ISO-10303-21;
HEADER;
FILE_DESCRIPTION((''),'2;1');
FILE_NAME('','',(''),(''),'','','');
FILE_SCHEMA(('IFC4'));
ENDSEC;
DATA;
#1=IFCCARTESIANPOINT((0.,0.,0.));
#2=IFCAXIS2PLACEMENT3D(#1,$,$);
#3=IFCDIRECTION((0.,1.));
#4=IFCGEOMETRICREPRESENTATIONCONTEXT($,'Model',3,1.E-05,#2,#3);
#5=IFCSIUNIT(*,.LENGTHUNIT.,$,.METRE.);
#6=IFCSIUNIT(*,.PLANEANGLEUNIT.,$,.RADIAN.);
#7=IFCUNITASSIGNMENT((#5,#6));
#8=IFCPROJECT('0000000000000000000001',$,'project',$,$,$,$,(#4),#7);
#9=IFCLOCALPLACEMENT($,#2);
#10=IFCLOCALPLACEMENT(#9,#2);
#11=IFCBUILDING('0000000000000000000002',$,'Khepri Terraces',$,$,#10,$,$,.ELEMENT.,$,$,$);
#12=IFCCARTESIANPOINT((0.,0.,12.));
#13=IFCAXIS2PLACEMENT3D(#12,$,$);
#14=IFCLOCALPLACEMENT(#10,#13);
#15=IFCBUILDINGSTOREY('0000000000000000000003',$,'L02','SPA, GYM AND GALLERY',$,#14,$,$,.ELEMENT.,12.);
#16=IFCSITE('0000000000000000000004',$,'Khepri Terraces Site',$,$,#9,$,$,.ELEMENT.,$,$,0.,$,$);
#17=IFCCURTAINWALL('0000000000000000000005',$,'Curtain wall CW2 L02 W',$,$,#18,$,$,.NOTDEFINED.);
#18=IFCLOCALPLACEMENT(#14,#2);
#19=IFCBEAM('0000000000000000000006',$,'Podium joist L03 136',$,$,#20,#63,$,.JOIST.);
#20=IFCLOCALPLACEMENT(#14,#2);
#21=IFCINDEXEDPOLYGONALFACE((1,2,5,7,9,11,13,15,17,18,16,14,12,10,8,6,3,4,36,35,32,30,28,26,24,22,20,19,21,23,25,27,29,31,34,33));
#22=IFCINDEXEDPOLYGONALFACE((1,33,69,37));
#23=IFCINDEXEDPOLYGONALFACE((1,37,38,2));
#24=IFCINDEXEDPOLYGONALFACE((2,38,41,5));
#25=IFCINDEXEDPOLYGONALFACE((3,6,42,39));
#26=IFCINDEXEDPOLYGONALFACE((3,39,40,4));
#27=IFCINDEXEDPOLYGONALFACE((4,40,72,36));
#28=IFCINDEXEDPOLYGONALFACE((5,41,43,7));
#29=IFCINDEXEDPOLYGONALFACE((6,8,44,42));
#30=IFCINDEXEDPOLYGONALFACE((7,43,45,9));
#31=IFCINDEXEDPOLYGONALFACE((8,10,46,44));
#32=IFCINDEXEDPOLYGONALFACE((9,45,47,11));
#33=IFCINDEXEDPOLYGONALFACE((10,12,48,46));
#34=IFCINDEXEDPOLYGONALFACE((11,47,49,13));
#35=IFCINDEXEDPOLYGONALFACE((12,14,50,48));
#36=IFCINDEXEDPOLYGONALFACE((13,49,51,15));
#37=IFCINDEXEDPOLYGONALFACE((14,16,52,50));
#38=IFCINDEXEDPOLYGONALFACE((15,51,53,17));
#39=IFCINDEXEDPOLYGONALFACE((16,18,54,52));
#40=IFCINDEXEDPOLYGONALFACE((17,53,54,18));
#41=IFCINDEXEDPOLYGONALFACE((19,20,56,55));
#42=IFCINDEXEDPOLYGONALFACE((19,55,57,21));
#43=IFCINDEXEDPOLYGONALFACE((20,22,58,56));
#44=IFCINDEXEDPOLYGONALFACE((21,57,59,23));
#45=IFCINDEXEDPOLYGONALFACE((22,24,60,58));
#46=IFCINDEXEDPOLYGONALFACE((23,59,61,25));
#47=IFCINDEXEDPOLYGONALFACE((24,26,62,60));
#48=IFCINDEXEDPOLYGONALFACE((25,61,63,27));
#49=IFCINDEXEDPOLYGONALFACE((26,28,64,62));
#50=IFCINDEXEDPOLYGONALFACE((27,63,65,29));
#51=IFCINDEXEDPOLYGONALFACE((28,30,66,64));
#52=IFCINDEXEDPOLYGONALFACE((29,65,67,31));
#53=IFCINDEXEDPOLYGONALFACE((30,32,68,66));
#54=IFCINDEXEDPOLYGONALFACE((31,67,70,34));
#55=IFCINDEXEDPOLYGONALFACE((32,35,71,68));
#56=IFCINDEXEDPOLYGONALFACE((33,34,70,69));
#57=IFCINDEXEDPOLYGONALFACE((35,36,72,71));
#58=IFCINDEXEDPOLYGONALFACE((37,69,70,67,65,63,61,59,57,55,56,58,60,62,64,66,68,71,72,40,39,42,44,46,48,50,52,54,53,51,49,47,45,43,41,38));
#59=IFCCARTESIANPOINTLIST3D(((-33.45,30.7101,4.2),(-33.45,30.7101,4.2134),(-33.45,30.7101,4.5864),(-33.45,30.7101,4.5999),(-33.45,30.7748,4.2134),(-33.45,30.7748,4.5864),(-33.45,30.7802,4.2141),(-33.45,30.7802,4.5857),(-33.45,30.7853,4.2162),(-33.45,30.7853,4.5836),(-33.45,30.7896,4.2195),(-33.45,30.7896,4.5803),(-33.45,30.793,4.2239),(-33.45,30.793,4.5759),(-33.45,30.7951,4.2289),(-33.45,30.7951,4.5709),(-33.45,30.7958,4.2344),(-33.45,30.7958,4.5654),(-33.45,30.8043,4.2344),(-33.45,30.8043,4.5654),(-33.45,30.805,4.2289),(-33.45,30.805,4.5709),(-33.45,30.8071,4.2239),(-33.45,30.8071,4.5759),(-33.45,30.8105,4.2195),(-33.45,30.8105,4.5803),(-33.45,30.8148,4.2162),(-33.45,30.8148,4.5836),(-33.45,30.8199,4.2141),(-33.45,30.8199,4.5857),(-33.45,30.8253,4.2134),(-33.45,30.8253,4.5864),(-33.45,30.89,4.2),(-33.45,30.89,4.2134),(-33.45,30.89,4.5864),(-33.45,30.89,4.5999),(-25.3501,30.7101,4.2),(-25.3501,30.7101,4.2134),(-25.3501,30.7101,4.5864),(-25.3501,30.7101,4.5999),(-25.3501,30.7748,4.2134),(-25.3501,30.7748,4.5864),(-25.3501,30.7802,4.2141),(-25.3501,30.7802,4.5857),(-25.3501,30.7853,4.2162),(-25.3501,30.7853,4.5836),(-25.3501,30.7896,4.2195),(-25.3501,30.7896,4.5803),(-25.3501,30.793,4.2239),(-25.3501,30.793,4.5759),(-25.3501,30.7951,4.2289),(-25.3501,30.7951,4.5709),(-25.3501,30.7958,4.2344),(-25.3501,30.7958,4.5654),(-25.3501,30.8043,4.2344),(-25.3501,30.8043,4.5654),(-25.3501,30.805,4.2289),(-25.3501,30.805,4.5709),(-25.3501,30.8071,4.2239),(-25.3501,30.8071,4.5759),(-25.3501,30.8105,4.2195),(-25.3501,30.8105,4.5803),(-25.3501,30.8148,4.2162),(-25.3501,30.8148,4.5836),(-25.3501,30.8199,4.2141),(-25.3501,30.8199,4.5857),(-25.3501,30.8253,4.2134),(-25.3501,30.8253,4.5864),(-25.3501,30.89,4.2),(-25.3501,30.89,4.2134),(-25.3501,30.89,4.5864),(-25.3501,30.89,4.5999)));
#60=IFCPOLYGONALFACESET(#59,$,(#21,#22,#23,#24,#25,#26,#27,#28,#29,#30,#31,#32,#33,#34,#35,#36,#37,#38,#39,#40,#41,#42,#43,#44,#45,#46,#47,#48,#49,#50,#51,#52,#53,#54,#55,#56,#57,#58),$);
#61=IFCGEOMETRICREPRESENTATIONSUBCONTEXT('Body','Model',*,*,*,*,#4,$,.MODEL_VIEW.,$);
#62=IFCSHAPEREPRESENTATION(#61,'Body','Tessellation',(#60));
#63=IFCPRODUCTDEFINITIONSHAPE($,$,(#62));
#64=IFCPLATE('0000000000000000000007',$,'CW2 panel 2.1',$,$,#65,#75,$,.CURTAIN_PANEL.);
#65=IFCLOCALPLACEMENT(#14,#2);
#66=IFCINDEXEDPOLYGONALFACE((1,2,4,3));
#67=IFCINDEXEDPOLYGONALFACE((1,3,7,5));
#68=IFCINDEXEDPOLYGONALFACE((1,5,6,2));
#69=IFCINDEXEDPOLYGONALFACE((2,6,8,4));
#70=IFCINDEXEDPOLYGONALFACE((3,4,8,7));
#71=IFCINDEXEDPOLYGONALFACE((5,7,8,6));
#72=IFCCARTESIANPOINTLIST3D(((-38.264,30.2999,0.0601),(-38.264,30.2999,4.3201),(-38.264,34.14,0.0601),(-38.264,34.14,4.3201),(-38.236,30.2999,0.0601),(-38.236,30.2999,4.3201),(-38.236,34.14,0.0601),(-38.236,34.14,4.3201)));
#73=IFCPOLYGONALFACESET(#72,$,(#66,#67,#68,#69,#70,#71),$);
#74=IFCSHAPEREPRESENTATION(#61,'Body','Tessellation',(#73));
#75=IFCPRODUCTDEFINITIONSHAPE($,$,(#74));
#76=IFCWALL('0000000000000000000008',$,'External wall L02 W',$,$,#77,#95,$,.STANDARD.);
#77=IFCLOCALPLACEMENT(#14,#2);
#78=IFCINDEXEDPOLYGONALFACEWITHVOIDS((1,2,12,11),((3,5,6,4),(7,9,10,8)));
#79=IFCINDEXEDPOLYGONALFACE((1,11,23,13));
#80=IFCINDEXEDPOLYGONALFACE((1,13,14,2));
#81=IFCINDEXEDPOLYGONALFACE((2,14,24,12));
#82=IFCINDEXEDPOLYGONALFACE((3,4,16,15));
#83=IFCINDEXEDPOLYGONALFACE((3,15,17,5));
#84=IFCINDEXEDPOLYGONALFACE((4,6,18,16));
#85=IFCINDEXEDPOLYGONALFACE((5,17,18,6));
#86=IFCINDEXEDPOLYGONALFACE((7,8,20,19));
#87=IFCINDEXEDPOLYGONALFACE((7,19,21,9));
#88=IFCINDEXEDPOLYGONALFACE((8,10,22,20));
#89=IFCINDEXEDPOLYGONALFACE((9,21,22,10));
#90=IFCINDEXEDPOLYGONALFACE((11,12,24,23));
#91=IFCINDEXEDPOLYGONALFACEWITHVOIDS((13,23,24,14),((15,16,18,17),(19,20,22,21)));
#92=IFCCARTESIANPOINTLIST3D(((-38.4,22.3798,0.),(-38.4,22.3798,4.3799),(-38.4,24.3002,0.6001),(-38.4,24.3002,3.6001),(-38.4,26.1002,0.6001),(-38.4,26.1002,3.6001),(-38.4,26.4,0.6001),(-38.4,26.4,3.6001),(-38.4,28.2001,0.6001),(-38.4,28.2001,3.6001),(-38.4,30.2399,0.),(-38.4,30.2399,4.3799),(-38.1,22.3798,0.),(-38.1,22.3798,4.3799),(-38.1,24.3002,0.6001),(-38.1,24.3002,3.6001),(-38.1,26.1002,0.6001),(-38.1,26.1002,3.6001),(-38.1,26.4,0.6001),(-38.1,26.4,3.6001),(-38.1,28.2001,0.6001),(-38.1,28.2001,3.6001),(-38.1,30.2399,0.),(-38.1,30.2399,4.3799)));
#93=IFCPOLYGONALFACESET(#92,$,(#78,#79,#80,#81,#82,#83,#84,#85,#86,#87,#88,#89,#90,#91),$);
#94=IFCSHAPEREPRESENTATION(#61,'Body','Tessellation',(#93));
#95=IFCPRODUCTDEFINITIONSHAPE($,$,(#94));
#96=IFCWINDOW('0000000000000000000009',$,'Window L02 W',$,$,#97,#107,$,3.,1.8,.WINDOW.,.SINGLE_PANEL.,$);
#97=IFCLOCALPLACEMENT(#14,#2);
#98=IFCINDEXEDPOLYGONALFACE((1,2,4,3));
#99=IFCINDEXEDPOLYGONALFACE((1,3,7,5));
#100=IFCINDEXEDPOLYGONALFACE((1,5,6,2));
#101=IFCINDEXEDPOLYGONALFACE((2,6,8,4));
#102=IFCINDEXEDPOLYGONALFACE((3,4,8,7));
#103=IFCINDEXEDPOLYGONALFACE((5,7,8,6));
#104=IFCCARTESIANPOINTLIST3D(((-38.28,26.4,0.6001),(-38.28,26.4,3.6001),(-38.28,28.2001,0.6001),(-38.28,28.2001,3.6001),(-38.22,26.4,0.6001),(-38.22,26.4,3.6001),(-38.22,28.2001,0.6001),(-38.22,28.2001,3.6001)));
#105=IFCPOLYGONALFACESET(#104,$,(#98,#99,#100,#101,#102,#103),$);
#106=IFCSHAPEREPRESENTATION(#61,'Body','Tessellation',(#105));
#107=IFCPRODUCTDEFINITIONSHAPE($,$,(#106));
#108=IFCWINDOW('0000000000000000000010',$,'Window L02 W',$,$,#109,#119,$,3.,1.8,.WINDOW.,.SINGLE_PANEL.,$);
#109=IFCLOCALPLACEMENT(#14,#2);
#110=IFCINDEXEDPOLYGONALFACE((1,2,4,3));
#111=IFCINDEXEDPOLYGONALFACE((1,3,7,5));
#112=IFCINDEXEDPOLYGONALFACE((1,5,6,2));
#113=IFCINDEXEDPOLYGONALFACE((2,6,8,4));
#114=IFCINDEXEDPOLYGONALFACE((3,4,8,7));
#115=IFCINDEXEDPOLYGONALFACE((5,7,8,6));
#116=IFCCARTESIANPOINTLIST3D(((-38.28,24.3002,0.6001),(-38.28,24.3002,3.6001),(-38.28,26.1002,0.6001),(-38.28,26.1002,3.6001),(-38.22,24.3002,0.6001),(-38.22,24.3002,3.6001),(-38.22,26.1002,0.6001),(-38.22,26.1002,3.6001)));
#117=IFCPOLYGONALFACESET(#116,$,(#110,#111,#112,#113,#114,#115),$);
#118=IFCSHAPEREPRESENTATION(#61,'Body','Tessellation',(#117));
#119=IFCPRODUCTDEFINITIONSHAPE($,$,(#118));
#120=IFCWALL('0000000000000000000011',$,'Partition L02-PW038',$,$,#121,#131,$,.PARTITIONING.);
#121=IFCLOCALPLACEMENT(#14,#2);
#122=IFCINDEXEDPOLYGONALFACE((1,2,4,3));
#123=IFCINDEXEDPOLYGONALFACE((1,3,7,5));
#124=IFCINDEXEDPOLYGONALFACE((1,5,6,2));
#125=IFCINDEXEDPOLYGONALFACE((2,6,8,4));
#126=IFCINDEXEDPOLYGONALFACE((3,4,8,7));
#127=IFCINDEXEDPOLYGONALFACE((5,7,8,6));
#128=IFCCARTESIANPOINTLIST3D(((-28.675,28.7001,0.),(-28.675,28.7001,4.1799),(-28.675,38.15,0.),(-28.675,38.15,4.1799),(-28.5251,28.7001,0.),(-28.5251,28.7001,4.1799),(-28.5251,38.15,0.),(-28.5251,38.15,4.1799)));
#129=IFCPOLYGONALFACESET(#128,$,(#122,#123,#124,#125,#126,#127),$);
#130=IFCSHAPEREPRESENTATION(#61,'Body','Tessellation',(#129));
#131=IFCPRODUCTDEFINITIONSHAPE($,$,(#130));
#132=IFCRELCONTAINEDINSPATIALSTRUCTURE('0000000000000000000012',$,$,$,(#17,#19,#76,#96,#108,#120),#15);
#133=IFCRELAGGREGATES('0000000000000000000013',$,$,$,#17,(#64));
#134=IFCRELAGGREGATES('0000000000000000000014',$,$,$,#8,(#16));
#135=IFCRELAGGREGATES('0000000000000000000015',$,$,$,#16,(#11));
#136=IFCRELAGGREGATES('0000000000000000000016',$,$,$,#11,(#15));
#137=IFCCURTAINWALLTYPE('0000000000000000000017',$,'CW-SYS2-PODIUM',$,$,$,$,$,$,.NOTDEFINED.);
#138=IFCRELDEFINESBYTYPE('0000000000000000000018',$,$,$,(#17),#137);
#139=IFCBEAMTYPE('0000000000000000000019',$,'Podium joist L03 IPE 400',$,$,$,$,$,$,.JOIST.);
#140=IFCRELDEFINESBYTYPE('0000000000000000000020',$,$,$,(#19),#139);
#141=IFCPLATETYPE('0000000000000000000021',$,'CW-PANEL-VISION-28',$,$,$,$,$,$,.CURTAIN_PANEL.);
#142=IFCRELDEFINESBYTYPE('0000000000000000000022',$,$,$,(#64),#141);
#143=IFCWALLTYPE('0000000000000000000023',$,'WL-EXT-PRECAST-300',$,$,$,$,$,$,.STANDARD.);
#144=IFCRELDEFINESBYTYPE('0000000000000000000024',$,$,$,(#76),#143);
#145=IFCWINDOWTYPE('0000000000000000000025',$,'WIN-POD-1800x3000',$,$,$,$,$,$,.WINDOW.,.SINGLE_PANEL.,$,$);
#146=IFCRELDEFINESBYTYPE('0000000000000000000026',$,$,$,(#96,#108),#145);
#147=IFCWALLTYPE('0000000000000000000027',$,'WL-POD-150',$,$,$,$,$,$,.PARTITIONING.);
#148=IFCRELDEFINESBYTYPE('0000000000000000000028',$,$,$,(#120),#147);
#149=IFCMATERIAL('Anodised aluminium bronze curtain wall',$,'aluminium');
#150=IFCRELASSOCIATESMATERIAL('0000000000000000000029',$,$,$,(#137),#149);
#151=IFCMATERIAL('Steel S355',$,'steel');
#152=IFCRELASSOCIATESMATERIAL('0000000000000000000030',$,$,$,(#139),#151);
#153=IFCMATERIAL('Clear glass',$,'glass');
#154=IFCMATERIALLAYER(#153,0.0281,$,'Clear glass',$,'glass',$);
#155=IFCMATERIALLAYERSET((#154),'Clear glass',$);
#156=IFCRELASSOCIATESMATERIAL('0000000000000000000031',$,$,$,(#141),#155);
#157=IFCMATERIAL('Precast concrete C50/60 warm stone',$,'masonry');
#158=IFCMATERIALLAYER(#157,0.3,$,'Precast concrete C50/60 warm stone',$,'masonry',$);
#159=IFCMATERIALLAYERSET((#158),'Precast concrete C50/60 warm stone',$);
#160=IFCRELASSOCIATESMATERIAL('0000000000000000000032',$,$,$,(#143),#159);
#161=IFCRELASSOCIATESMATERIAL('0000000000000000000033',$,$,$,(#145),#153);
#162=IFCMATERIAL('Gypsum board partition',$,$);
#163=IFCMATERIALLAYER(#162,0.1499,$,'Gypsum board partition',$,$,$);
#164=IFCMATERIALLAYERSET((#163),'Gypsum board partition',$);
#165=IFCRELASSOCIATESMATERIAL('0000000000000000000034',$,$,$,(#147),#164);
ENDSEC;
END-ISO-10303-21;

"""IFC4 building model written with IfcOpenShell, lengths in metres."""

from ifc_helpers import new_model, si_unit, direction, frame, frame_2d, origin, origin_2d, place, context, subcontext, project, spatial, rectangle, i_section, extrude, material, layer, layer_set, material_profile, profile_set, type_object, element, fill, aggregate, save


model = new_model("IFC4")

# Units and contexts
model_context = context("Model", 3, precision=1e-05, world=origin(), true_north=direction((0.0, 1.0)))
body_context = subcontext(model_context, "Body", "Model", "MODEL_VIEW")
ifc_project = project(units=[si_unit("LENGTHUNIT", "METRE"), si_unit("PLANEANGLEUNIT", "RADIAN")], contexts=[model_context])

# Site, building, storey
site_placement = place(None, origin())
site = spatial("IfcSite", under=ifc_project, at=site_placement, Name="Khepri Terraces Site", CompositionType="ELEMENT", RefElevation=0.0)
building_placement = place(site_placement, origin())
building = spatial("IfcBuilding", under=site, at=building_placement, Name="Khepri Terraces", CompositionType="ELEMENT")
storey_placement = place(building_placement, frame((0.0, 0.0, 12.0)))
storey = spatial("IfcBuildingStorey", under=building, at=storey_placement, Name="L02", Description="SPA, GYM AND GALLERY", CompositionType="ELEMENT", Elevation=12.0)

# Curtain wall
ifc_material_1 = material(Name="Anodised aluminium bronze curtain wall", Category="aluminium")
curtain_wall_type = type_object("IfcCurtainWallType", Name="CW-SYS2-PODIUM", PredefinedType="NOTDEFINED", material=ifc_material_1)
curtain_wall_placement = place(storey_placement, origin())
curtain_wall = element("IfcCurtainWall", 1, at=curtain_wall_placement, inside=storey, type_object=curtain_wall_type, Name="Curtain wall CW2 L02 W", PredefinedType="NOTDEFINED")

# Beam
ifc_material_2 = material(Name="Steel S355", Category="steel")
ifc_material_profile_1 = material_profile(ifc_material_2, i_section(OverallWidth=0.1799, OverallDepth=0.3999, WebThickness=0.0085, FlangeThickness=0.0134, FilletRadius=0.021, at=origin_2d()), Name="Steel S355", Category="steel")
ifc_profile_set_1 = profile_set([ifc_material_profile_1], Name="Steel S355")
beam_type_1 = type_object("IfcBeamType", Name="Podium joist L03 IPE 400", PredefinedType="JOIST", material=ifc_profile_set_1)
for number, where, z_axis, x_axis, name in (
    (2, (-33.45, 30.8, 4.3999), (1.0, 0.0, 0.0), (0.0, 1.0, 0.0), "Podium joist L03 136"),
):
    element("IfcBeam", number, at=place(storey_placement, frame(where, z_axis=z_axis, x_axis=x_axis)), inside=storey, type_object=beam_type_1, Name=name, PredefinedType="JOIST", context=body_context, shape_type="SweptSolid", body=[
        extrude(i_section(OverallWidth=0.1799, OverallDepth=0.3999, WebThickness=0.0085, FlangeThickness=0.0134, FilletRadius=0.021, at=origin_2d()), origin(), (0.0, 0.0, 1.0), 8.0999),
    ])

# Plate
ifc_material_3 = material(Name="Clear glass", Category="glass")
ifc_layer_1 = layer(ifc_material_3, 0.0281, Name="Clear glass", Category="glass")
ifc_layer_set_1 = layer_set([ifc_layer_1], Name="Clear glass")
plate_type = type_object("IfcPlateType", Name="CW-PANEL-VISION-28", PredefinedType="CURTAIN_PANEL", material=ifc_layer_set_1)
plate_placement = place(storey_placement, frame((-38.25, 32.22, 0.0601), z_axis=(0.0, 0.0, 1.0), x_axis=(0.0, -1.0, 0.0)))
plate = element("IfcPlate", 3, at=plate_placement, type_object=plate_type, Name="CW2 panel 2.1", PredefinedType="CURTAIN_PANEL", context=body_context, shape_type="SweptSolid", body=[
    extrude(rectangle(XDim=3.8401, YDim=0.0281, at=origin_2d()), origin(), (0.0, 0.0, 1.0), 4.26),
])
aggregate(curtain_wall, [plate])

# Wall, openings, windows
ifc_material_4 = material(Name="Precast concrete C50/60 warm stone", Category="masonry")
ifc_layer_2 = layer(ifc_material_4, 0.3, Name="Precast concrete C50/60 warm stone", Category="masonry")
ifc_layer_set_2 = layer_set([ifc_layer_2], Name="Precast concrete C50/60 warm stone")
wall_type_1 = type_object("IfcWallType", Name="WL-EXT-PRECAST-300", PredefinedType="STANDARD", material=ifc_layer_set_2)
wall_1_placement = place(storey_placement, frame((-38.25, 30.24, 0.0), z_axis=(0.0, 0.0, 1.0), x_axis=(0.0, -1.0, 0.0)))
wall_1 = element("IfcWall", 4, at=wall_1_placement, inside=storey, type_object=wall_type_1, Name="External wall L02 W", PredefinedType="STANDARD", context=body_context, shape_type="SweptSolid", body=[
    extrude(rectangle(XDim=7.8601, YDim=0.3, at=frame_2d((3.9302, 0.0))), origin(), (0.0, 0.0, 1.0), 4.3799),
])
opening_1_placement = place(wall_1_placement, frame((2.04, 0.0, 0.6001)))
opening_1 = element("IfcOpeningElement", 5, at=opening_1_placement, cuts=wall_1, PredefinedType="OPENING", context=body_context, shape_type="SweptSolid", body=[
    extrude(rectangle(XDim=1.8, YDim=3.0, at=frame_2d((0.8999, 1.5))), frame((0.0, 0.1602, 0.0), z_axis=(0.0, -1.0, 0.0), x_axis=(1.0, 0.0, 0.0)), (0.0, 0.0, 1.0), 0.3201),
])
opening_2_placement = place(wall_1_placement, frame((4.1399, 0.0, 0.6001)))
opening_2 = element("IfcOpeningElement", 6, at=opening_2_placement, cuts=wall_1, PredefinedType="OPENING", context=body_context, shape_type="SweptSolid", body=[
    extrude(rectangle(XDim=1.8, YDim=3.0, at=frame_2d((0.8999, 1.5))), frame((0.0, 0.1602, 0.0), z_axis=(0.0, -1.0, 0.0), x_axis=(1.0, 0.0, 0.0)), (0.0, 0.0, 1.0), 0.3201),
])
window_type = type_object("IfcWindowType", Name="WIN-POD-1800x3000", PartitioningType="SINGLE_PANEL", PredefinedType="WINDOW", material=ifc_material_3)
window_1_placement = place(opening_1_placement, origin())
window_1 = element("IfcWindow", 7, at=window_1_placement, inside=storey, type_object=window_type, Name="Window L02 W", OverallHeight=3.0, OverallWidth=1.8, PartitioningType="SINGLE_PANEL", PredefinedType="WINDOW", context=body_context, shape_type="SweptSolid", body=[
    extrude(rectangle(XDim=1.8, YDim=3.0, at=frame_2d((0.8999, 1.5))), frame((0.0, 0.03, 0.0), z_axis=(0.0, -1.0, 0.0), x_axis=(1.0, 0.0, 0.0)), (0.0, 0.0, 1.0), 0.0601),
])
fill(opening_1, window_1)
window_2_placement = place(opening_2_placement, origin())
window_2 = element("IfcWindow", 8, at=window_2_placement, inside=storey, type_object=window_type, Name="Window L02 W", OverallHeight=3.0, OverallWidth=1.8, PartitioningType="SINGLE_PANEL", PredefinedType="WINDOW", context=body_context, shape_type="SweptSolid", body=[
    extrude(rectangle(XDim=1.8, YDim=3.0, at=frame_2d((0.8999, 1.5))), frame((0.0, 0.03, 0.0), z_axis=(0.0, -1.0, 0.0), x_axis=(1.0, 0.0, 0.0)), (0.0, 0.0, 1.0), 0.0601),
])
fill(opening_2, window_2)

# Wall
ifc_material_5 = material(Name="Gypsum board partition")
ifc_layer_3 = layer(ifc_material_5, 0.1499, Name="Gypsum board partition")
ifc_layer_set_3 = layer_set([ifc_layer_3], Name="Gypsum board partition")
wall_type_2 = type_object("IfcWallType", Name="WL-POD-150", PredefinedType="PARTITIONING", material=ifc_layer_set_3)
wall_2_placement = place(storey_placement, frame((-28.6001, 28.7, 0.0), z_axis=(0.0, 0.0, 1.0), x_axis=(0.0, 1.0, 0.0)))
element("IfcWall", 9, at=wall_2_placement, inside=storey, type_object=wall_type_2, Name="Partition L02-PW038", PredefinedType="PARTITIONING", context=body_context, shape_type="SweptSolid", body=[
    extrude(rectangle(XDim=9.45, YDim=0.1499, at=frame_2d((4.7251, 0.0))), origin(), (0.0, 0.0, 1.0), 4.1799),
])

save(model, "model.ifc")
